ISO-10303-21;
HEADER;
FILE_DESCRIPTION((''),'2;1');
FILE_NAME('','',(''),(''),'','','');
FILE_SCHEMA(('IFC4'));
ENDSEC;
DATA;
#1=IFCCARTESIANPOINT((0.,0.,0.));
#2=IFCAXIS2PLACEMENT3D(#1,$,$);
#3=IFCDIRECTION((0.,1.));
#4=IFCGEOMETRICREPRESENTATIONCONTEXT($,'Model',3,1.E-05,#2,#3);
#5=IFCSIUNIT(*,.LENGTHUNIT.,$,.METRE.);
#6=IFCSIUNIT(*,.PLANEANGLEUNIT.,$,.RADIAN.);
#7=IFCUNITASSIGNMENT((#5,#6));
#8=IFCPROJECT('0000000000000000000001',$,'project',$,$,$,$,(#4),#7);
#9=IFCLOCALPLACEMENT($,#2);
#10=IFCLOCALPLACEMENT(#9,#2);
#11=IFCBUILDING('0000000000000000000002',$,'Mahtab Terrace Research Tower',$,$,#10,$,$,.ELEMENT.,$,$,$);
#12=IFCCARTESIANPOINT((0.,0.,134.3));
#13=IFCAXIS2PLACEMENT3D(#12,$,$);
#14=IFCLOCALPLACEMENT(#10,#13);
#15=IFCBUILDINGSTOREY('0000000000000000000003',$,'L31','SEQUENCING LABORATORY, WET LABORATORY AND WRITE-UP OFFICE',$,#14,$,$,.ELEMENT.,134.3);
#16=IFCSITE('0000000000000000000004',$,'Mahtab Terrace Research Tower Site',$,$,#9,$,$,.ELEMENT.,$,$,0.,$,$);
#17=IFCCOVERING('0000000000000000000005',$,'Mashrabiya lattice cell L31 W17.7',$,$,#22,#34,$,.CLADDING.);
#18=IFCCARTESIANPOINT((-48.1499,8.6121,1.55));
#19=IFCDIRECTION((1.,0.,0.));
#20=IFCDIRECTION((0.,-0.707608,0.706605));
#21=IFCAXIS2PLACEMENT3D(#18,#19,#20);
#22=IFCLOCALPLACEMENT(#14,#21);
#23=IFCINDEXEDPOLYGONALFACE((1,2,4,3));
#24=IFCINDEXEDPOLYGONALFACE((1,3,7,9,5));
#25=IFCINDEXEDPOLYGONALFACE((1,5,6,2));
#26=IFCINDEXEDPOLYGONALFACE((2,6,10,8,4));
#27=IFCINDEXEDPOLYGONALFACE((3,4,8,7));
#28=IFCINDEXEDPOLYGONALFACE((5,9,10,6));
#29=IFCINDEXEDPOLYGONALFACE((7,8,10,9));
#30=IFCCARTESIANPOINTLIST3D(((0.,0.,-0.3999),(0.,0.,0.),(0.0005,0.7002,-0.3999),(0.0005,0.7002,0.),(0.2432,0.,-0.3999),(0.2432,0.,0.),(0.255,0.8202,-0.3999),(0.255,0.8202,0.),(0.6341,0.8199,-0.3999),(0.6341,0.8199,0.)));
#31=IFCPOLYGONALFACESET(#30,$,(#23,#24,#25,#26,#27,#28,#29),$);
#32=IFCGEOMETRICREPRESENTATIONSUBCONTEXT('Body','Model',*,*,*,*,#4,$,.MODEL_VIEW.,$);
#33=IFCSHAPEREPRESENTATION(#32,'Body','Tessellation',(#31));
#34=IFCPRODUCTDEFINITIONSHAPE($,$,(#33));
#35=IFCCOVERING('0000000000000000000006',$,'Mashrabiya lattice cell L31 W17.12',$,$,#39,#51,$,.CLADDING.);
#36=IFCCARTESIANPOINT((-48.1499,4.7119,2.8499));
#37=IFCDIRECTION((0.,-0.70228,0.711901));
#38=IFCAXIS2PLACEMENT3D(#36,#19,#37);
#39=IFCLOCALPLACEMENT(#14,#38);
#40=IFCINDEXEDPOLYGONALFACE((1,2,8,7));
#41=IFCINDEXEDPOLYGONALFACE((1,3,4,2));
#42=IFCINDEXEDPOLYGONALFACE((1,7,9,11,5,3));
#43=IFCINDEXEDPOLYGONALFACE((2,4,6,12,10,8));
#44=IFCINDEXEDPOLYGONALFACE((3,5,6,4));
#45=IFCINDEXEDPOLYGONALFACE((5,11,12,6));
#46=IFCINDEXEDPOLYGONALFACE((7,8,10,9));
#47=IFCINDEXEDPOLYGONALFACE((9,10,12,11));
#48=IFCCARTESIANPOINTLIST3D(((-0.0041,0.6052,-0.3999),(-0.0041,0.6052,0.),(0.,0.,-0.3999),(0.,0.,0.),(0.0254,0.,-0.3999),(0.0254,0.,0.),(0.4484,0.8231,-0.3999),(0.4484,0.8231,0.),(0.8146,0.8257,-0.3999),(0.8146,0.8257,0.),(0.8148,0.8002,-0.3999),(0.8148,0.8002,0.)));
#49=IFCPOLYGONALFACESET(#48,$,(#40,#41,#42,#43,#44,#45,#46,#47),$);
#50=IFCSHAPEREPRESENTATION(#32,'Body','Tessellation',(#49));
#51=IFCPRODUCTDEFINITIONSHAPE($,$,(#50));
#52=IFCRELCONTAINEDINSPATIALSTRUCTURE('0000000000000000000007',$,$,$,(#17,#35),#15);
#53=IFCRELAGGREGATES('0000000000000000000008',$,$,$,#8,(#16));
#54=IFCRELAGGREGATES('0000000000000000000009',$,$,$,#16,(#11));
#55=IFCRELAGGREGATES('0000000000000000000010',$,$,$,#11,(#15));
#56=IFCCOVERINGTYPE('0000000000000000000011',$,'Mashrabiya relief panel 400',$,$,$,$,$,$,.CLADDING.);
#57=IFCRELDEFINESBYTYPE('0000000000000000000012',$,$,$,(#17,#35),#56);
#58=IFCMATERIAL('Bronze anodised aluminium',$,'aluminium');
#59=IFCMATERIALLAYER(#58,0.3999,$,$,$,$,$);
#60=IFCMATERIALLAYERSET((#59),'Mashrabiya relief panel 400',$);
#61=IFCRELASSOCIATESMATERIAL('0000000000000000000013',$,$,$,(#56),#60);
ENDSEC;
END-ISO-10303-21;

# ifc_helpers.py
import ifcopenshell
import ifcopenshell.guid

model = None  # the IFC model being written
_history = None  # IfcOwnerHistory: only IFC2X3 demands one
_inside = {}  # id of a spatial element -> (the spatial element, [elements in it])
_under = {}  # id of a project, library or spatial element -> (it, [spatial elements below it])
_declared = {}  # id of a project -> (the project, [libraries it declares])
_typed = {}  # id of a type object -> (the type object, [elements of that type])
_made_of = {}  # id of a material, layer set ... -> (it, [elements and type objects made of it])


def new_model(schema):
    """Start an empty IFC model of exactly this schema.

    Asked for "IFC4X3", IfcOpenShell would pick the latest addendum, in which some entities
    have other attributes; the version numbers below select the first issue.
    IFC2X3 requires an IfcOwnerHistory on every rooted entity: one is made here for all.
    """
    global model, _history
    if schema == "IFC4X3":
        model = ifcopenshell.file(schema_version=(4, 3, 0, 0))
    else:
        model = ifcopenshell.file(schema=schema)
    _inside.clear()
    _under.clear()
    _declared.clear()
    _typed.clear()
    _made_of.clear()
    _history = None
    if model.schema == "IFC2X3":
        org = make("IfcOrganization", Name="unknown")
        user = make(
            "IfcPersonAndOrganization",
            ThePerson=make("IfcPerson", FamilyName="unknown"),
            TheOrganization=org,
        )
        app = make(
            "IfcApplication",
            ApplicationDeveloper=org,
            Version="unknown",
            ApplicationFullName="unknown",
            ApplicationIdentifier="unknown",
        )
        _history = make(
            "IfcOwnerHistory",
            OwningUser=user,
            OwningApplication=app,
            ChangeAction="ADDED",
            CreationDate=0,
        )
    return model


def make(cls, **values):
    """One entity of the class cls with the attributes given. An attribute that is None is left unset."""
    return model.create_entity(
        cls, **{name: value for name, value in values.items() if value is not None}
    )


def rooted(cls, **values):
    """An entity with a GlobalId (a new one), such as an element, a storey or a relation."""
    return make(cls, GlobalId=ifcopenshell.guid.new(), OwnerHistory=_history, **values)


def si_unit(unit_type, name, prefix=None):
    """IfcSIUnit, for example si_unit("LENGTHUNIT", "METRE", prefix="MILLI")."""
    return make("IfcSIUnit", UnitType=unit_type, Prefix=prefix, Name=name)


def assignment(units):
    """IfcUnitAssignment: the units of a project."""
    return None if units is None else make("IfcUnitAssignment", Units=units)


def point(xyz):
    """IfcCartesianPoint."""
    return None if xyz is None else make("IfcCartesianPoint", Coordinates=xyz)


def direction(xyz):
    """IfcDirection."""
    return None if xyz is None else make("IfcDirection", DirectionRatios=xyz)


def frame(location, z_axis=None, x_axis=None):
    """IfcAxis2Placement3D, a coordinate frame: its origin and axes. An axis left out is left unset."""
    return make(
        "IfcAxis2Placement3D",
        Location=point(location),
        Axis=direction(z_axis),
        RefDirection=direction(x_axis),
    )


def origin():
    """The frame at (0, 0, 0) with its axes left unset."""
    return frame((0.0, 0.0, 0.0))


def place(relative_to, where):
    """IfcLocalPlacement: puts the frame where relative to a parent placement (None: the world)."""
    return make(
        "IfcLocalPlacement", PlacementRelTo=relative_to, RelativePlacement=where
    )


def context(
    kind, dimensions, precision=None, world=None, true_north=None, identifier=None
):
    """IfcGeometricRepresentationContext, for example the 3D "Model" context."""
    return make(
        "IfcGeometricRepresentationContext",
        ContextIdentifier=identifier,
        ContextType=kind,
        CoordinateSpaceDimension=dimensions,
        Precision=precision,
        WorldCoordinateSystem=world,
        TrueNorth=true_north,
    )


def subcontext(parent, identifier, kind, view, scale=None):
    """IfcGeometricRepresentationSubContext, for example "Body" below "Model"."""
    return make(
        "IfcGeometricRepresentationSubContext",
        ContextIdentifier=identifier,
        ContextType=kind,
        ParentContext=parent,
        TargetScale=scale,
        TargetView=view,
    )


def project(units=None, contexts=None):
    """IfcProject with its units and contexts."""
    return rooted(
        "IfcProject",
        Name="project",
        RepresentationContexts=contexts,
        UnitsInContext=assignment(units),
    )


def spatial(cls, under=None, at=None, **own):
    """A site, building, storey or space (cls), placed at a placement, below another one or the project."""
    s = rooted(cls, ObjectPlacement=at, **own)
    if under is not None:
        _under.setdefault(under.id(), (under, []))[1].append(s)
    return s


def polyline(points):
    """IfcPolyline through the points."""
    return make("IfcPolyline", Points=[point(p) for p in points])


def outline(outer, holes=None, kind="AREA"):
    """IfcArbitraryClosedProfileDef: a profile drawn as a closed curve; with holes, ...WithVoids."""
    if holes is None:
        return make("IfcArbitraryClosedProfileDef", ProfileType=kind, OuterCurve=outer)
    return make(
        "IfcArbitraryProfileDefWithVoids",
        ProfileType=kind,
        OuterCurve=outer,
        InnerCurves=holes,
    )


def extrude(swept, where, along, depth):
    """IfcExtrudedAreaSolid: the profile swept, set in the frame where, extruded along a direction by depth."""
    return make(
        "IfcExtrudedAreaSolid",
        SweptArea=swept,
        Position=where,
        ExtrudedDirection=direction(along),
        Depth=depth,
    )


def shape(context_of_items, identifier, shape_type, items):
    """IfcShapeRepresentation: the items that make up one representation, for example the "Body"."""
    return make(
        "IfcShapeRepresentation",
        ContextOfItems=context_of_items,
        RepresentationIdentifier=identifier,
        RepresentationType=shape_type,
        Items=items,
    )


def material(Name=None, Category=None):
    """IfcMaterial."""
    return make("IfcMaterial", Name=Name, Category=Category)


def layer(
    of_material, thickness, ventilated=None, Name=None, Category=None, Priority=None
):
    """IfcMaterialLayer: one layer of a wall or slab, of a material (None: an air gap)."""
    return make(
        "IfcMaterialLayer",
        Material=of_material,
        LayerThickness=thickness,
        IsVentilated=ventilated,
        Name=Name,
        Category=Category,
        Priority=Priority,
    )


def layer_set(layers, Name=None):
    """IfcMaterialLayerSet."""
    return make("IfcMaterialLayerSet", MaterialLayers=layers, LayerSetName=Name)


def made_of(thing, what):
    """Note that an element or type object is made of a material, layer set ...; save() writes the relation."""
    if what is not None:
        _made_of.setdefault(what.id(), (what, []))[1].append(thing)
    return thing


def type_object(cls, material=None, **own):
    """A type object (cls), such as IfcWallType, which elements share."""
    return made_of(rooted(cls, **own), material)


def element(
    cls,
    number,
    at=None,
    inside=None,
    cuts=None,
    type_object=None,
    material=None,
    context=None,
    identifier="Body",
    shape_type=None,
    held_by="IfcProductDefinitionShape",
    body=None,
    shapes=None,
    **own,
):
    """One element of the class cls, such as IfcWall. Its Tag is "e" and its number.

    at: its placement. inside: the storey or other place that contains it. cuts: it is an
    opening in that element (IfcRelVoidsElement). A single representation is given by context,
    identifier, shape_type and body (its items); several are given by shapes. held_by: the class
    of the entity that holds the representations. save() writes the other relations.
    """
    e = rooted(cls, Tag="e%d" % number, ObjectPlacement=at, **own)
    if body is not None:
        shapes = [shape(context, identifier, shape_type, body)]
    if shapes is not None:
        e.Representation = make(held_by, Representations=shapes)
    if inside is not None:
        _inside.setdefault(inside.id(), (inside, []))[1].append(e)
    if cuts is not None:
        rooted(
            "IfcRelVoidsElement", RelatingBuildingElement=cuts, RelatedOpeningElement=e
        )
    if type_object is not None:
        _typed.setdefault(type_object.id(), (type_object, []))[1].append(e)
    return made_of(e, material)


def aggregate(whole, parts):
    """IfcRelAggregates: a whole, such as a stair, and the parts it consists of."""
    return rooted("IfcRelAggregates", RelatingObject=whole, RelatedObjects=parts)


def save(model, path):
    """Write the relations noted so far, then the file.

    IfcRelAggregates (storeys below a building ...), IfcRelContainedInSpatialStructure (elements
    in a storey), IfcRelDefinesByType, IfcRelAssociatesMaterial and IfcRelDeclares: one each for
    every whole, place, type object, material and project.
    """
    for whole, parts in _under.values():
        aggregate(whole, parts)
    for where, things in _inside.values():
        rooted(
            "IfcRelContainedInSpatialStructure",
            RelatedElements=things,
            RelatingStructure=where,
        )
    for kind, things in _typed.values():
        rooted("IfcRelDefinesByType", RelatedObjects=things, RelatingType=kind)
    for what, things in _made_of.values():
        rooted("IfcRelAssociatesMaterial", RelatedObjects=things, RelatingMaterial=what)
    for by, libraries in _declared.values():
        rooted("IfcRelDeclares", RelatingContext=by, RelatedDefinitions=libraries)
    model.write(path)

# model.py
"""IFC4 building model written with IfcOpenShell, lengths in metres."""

from ifc_helpers import new_model, si_unit, direction, frame, origin, place, context, subcontext, project, spatial, polyline, outline, extrude, material, layer, layer_set, type_object, element, save


model = new_model("IFC4")

# Units and contexts
model_context = context("Model", 3, precision=1e-05, world=origin(), true_north=direction((0.0, 1.0)))
body_context = subcontext(model_context, "Body", "Model", "MODEL_VIEW")
ifc_project = project(units=[si_unit("LENGTHUNIT", "METRE"), si_unit("PLANEANGLEUNIT", "RADIAN")], contexts=[model_context])

# Site, building, storey
site_placement = place(None, origin())
site = spatial("IfcSite", under=ifc_project, at=site_placement, Name="Mahtab Terrace Research Tower Site", CompositionType="ELEMENT", RefElevation=0.0)
building_placement = place(site_placement, origin())
building = spatial("IfcBuilding", under=site, at=building_placement, Name="Mahtab Terrace Research Tower", CompositionType="ELEMENT")
storey_placement = place(building_placement, frame((0.0, 0.0, 134.3)))
storey = spatial("IfcBuildingStorey", under=building, at=storey_placement, Name="L31", Description="SEQUENCING LABORATORY, WET LABORATORY AND WRITE-UP OFFICE", CompositionType="ELEMENT", Elevation=134.3)

# Coverings
ifc_material_1 = material(Name="Bronze anodised aluminium", Category="aluminium")
ifc_layer_1 = layer(ifc_material_1, 0.3999)
ifc_layer_set_1 = layer_set([ifc_layer_1], Name="Mashrabiya relief panel 400")
covering_type = type_object("IfcCoveringType", Name="Mashrabiya relief panel 400", PredefinedType="CLADDING", material=ifc_layer_set_1)
covering_1_placement = place(storey_placement, frame((-48.1499, 8.6121, 1.55), z_axis=(1.0, 0.0, 0.0), x_axis=(0.0, -0.707608, 0.706605)))
element("IfcCovering", 1, at=covering_1_placement, inside=storey, type_object=covering_type, Name="Mashrabiya lattice cell L31 W17.7", PredefinedType="CLADDING", context=body_context, shape_type="SweptSolid", body=[
    extrude(outline(polyline([(0.0, 0.0), (0.2432, 0.0), (0.6341, 0.8199), (0.255, 0.8202), (0.0005, 0.7002), (0.0, 0.0)])), origin(), (0.0, 0.0, -1.0), 0.3999),
])
covering_2_placement = place(storey_placement, frame((-48.1499, 4.7119, 2.8499), z_axis=(1.0, 0.0, 0.0), x_axis=(0.0, -0.70228, 0.711901)))
element("IfcCovering", 2, at=covering_2_placement, inside=storey, type_object=covering_type, Name="Mashrabiya lattice cell L31 W17.12", PredefinedType="CLADDING", context=body_context, shape_type="SweptSolid", body=[
    extrude(outline(polyline([(0.0, 0.0), (0.0254, 0.0), (0.8148, 0.8002), (0.8146, 0.8257), (0.4484, 0.8231), (-0.0041, 0.6052), (0.0, 0.0)])), origin(), (0.0, 0.0, -1.0), 0.3999),
])

save(model, "model.ifc")
